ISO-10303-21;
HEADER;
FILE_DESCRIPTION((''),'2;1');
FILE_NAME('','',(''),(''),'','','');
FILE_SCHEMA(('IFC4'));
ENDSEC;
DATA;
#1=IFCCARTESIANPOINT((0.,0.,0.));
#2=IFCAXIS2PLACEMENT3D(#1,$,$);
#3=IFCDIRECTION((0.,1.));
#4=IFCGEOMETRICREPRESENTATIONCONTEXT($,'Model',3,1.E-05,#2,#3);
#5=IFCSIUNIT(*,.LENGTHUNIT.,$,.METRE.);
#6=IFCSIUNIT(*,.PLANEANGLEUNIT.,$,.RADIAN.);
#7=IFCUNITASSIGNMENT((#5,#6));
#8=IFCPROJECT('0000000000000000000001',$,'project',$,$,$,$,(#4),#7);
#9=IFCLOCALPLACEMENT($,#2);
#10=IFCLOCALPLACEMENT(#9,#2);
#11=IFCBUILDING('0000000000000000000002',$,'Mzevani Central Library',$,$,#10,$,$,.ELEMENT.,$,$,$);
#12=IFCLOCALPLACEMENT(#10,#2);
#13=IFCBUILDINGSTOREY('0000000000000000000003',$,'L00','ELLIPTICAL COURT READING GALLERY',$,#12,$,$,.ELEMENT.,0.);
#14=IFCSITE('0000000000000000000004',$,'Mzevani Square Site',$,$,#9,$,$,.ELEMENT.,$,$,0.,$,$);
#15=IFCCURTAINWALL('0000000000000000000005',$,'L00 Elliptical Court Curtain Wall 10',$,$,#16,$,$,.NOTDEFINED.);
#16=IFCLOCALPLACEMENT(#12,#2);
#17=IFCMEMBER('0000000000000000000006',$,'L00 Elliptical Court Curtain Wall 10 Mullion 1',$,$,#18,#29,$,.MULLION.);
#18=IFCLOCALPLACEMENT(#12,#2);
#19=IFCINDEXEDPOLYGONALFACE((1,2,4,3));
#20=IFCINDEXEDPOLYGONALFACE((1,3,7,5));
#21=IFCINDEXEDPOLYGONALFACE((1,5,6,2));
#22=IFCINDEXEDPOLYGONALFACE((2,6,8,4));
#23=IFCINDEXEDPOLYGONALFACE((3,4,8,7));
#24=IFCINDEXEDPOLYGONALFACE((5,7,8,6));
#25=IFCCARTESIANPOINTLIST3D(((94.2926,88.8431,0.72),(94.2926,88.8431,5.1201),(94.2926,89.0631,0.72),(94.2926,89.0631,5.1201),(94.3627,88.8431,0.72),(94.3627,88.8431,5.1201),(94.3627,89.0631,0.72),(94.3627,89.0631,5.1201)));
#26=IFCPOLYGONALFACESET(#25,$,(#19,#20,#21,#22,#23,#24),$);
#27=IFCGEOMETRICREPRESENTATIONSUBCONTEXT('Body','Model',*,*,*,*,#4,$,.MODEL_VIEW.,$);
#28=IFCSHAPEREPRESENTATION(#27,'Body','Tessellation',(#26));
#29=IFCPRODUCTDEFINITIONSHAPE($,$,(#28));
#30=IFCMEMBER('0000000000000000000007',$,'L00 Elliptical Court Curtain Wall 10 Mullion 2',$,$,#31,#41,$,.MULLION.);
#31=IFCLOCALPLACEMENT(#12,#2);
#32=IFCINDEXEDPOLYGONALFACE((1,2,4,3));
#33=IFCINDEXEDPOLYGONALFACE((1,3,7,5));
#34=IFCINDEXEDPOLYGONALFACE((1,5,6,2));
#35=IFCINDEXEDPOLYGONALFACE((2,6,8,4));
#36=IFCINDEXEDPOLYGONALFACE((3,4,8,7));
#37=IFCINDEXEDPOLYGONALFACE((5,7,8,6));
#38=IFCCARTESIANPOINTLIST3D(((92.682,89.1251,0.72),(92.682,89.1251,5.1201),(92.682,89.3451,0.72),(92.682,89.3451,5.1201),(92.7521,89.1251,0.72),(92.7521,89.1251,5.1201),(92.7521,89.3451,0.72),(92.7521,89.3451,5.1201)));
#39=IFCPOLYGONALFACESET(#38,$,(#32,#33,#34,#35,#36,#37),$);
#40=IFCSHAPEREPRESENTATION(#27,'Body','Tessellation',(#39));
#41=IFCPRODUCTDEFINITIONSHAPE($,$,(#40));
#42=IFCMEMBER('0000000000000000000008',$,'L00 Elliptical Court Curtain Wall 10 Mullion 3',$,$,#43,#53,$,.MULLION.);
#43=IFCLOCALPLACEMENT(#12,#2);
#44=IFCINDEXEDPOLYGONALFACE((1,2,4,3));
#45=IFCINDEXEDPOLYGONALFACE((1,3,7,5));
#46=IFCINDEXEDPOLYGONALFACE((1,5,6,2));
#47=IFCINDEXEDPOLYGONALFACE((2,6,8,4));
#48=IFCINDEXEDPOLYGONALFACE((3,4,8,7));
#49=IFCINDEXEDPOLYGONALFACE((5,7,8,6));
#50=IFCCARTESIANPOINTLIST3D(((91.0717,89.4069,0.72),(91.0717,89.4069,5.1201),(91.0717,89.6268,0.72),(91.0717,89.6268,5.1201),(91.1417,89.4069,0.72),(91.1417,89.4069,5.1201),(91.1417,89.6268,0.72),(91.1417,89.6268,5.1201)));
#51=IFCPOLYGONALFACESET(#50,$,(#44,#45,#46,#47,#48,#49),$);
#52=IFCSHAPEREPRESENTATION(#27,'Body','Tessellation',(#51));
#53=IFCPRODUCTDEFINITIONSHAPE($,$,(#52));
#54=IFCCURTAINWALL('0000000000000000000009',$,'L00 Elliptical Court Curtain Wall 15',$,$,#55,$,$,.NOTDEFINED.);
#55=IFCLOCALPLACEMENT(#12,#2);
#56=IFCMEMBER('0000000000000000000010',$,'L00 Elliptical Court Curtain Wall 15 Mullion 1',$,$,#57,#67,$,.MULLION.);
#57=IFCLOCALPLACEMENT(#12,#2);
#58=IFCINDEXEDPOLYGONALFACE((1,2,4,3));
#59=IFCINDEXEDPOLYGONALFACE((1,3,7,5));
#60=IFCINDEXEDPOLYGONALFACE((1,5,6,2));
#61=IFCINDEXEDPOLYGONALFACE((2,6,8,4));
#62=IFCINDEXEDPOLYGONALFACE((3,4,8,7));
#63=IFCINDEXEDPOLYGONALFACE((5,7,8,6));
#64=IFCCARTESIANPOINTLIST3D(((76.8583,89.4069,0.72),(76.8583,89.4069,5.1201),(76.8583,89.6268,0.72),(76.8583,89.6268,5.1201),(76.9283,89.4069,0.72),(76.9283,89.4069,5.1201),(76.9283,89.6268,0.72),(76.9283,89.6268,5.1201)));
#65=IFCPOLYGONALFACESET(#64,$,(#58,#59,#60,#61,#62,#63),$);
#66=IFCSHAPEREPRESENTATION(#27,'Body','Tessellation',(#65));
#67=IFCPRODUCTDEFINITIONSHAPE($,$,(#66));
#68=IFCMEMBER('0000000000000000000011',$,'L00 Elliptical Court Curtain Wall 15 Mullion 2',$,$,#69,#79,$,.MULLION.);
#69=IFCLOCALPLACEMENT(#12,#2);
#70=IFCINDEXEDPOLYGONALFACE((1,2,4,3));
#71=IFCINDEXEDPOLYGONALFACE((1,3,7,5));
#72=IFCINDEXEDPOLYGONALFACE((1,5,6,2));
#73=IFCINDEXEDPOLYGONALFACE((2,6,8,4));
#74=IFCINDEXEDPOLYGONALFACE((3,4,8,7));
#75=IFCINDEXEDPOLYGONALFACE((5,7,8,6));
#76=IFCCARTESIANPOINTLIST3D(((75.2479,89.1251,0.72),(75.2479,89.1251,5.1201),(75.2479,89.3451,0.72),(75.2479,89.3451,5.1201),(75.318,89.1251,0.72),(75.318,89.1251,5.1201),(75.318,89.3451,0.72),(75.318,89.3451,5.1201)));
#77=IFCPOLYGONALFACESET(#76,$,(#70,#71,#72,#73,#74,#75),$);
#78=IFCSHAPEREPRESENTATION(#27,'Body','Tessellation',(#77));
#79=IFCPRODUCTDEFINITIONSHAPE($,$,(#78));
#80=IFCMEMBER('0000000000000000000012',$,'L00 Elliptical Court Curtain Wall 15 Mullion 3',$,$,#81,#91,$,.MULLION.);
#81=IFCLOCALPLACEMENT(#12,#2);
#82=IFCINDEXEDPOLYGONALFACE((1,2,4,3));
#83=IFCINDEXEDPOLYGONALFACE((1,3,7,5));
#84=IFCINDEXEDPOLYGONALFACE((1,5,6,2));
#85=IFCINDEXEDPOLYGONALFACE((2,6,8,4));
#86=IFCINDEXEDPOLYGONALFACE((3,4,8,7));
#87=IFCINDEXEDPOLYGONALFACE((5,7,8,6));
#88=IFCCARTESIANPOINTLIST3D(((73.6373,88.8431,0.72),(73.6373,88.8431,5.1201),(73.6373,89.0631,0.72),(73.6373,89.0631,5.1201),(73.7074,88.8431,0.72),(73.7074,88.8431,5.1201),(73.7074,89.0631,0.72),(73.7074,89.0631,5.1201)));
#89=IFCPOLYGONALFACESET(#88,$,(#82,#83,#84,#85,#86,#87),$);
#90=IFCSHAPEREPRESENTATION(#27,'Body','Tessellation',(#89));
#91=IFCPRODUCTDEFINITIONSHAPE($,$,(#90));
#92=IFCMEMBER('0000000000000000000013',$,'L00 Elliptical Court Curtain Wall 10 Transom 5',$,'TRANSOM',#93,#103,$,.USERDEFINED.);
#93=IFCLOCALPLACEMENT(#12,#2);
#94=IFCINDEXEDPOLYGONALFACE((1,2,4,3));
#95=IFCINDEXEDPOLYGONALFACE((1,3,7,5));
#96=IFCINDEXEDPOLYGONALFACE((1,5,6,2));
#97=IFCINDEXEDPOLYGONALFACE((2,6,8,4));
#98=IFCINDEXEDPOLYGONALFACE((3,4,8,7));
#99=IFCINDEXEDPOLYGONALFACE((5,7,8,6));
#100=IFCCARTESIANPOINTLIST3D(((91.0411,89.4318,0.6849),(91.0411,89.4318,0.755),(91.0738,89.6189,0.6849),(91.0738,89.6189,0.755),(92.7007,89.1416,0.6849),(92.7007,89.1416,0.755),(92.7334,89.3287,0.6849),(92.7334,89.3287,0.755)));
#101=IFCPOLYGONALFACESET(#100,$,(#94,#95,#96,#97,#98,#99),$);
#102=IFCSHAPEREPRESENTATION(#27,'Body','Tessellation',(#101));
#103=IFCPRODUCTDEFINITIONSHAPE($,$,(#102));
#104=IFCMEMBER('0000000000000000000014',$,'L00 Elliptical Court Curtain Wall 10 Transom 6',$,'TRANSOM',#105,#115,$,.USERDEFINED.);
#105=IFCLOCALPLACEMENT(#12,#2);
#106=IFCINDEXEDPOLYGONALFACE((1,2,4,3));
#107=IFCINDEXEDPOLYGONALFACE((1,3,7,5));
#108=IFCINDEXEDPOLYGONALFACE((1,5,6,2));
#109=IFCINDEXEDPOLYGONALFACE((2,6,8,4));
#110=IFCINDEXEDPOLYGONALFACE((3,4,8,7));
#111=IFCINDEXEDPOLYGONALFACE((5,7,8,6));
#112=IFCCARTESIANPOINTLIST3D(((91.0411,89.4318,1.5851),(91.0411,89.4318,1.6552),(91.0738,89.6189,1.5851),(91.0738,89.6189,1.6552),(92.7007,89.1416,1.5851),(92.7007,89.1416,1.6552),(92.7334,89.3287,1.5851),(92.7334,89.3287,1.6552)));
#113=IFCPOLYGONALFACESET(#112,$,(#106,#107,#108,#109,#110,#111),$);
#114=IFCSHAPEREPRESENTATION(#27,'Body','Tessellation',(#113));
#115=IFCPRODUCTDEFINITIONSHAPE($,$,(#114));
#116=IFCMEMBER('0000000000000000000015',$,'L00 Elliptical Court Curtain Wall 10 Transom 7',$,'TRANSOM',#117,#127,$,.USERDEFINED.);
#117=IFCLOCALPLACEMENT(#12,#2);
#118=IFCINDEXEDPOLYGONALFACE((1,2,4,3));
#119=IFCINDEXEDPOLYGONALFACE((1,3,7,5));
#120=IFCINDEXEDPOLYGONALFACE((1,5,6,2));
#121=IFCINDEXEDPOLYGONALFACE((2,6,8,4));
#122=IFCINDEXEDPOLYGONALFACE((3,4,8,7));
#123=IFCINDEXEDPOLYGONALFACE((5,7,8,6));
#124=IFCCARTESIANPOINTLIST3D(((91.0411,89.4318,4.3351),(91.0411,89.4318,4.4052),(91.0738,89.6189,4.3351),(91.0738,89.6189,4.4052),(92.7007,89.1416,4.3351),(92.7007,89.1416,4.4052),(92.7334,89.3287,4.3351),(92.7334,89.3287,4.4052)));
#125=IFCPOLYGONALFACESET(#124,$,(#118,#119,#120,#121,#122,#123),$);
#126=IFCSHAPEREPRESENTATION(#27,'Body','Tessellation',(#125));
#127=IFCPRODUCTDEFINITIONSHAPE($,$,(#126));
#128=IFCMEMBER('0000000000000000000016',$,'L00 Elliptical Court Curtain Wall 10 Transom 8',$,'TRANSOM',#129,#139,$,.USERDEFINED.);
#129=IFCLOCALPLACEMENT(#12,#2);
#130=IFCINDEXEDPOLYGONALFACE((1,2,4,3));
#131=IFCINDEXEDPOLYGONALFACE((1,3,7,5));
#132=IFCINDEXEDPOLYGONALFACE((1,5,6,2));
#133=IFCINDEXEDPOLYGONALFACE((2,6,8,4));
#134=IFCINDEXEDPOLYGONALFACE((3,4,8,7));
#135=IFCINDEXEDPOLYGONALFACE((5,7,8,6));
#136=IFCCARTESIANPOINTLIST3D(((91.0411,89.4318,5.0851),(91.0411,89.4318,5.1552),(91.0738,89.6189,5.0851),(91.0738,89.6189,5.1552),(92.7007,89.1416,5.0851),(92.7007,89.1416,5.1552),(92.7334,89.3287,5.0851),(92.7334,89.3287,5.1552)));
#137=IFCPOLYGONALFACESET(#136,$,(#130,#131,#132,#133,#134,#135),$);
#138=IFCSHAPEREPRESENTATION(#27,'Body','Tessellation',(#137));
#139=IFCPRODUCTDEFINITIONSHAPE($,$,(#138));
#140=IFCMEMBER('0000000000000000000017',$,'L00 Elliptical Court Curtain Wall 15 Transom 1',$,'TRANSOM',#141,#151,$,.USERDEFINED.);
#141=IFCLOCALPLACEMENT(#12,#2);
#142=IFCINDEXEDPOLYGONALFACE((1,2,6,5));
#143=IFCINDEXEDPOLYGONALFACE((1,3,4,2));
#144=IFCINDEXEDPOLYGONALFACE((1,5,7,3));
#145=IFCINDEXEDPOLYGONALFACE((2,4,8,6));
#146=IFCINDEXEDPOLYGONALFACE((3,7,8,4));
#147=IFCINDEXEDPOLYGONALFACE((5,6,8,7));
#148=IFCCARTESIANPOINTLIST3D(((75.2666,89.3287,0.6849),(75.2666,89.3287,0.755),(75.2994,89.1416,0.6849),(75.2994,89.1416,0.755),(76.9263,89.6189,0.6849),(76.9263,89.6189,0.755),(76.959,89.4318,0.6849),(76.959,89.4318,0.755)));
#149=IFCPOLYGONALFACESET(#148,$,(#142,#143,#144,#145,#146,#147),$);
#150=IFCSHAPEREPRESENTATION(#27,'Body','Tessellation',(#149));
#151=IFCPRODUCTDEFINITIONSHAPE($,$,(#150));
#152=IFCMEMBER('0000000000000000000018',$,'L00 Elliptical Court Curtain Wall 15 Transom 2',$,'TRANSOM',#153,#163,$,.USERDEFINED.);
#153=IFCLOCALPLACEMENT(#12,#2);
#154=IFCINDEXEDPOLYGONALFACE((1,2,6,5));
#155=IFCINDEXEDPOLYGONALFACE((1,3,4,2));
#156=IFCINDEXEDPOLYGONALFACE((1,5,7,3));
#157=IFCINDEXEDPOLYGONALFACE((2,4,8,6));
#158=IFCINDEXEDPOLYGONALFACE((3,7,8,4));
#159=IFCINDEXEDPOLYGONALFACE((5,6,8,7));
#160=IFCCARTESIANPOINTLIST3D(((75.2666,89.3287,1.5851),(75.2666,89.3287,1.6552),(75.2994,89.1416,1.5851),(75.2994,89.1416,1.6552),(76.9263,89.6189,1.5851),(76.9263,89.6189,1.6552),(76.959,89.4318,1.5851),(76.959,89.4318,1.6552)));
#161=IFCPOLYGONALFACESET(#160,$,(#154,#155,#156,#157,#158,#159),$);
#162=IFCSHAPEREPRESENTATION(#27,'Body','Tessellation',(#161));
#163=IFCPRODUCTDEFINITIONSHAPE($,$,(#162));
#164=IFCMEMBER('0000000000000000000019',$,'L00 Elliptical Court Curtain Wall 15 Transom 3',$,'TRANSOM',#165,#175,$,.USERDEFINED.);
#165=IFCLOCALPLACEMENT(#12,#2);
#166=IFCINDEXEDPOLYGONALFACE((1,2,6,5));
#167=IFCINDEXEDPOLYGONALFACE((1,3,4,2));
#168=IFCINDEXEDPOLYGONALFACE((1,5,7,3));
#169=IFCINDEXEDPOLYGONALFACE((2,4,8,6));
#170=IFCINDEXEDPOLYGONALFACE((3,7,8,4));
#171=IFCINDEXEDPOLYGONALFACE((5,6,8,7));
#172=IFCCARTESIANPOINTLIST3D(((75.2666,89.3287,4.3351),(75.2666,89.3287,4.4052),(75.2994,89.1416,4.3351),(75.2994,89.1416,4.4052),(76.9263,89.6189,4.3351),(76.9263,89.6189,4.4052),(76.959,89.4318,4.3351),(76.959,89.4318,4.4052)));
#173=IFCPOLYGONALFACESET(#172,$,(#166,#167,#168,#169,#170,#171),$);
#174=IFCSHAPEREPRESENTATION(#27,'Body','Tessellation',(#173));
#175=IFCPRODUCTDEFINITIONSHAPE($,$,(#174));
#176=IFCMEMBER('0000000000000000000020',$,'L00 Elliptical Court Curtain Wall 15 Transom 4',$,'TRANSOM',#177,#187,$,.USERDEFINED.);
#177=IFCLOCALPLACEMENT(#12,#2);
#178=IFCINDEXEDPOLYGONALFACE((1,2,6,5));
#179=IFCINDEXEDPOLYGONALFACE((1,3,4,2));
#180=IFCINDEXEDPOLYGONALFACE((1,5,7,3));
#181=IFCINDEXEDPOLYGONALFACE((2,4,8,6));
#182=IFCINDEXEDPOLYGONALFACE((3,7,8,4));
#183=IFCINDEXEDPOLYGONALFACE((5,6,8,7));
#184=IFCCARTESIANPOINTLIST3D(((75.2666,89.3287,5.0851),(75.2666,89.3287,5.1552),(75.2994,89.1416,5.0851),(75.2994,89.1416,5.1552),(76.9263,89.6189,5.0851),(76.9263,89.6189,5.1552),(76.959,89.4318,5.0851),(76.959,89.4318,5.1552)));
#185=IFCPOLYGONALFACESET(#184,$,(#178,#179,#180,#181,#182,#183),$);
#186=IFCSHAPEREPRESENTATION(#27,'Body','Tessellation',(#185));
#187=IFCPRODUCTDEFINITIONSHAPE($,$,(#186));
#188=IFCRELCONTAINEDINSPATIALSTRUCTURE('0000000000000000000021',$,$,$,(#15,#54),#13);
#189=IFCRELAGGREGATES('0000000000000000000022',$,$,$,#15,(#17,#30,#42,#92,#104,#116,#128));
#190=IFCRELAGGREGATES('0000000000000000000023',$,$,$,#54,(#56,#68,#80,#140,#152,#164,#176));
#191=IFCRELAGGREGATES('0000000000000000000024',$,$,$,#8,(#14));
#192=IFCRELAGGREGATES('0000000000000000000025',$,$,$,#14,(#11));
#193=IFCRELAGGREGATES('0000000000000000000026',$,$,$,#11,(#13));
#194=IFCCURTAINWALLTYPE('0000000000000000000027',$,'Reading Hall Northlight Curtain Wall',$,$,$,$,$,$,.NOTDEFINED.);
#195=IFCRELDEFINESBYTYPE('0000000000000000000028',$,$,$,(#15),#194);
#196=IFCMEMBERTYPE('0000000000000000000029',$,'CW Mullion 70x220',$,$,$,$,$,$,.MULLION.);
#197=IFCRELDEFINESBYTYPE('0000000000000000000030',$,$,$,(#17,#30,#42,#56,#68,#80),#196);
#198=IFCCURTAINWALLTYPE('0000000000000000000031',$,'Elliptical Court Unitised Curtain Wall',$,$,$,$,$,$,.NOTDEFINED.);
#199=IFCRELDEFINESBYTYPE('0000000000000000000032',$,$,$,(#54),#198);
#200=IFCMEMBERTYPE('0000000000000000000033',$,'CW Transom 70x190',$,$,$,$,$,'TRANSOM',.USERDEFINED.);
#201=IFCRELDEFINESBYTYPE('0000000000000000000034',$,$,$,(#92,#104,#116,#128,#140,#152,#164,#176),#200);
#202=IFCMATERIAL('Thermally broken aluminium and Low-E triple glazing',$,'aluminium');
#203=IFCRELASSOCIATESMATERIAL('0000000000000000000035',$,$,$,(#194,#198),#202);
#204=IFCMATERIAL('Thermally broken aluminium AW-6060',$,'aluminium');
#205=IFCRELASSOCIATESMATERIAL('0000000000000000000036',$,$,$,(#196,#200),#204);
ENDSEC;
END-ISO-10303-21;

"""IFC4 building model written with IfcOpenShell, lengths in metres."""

from ifc_helpers import new_model, si_unit, direction, frame, origin, origin_2d, place, context, subcontext, project, spatial, rectangle, extrude, material, material_profile, profile_set, type_object, element, aggregate, save


model = new_model("IFC4")

# Units and contexts
model_context = context("Model", 3, precision=1e-05, world=origin(), true_north=direction((0.0, 1.0)))
body_context = subcontext(model_context, "Body", "Model", "MODEL_VIEW")
ifc_project = project(units=[si_unit("LENGTHUNIT", "METRE"), si_unit("PLANEANGLEUNIT", "RADIAN")], contexts=[model_context])

# Site, building, storey
site_placement = place(None, origin())
site = spatial("IfcSite", under=ifc_project, at=site_placement, Name="Mzevani Square Site", CompositionType="ELEMENT", RefElevation=0.0)
building_placement = place(site_placement, origin())
building = spatial("IfcBuilding", under=site, at=building_placement, Name="Mzevani Central Library", CompositionType="ELEMENT")
storey_placement = place(building_placement, origin())
storey = spatial("IfcBuildingStorey", under=building, at=storey_placement, Name="L00", Description="ELLIPTICAL COURT READING GALLERY", CompositionType="ELEMENT", Elevation=0.0)

# Curtain walls, members
ifc_material_1 = material(Name="Thermally broken aluminium and Low-E triple glazing", Category="aluminium")
curtain_wall_type_1 = type_object("IfcCurtainWallType", Name="Reading Hall Northlight Curtain Wall", PredefinedType="NOTDEFINED", material=ifc_material_1)
curtain_wall_1_placement = place(storey_placement, origin())
curtain_wall_1 = element("IfcCurtainWall", 1, at=curtain_wall_1_placement, inside=storey, type_object=curtain_wall_type_1, Name="L00 Elliptical Court Curtain Wall 10", PredefinedType="NOTDEFINED")
ifc_material_2 = material(Name="Thermally broken aluminium AW-6060", Category="aluminium")
ifc_material_profile_1 = material_profile(ifc_material_2, rectangle(XDim=0.0701, YDim=0.22, at=origin_2d()), Name="ALU M70x220")
ifc_profile_set_1 = profile_set([ifc_material_profile_1], Name="Thermally broken aluminium AW-6060")
member_type_1 = type_object("IfcMemberType", Name="CW Mullion 70x220", PredefinedType="MULLION", material=ifc_profile_set_1)
member_1_placement = place(storey_placement, frame((94.3276, 88.9531, 0.72), z_axis=(0.0, 0.0, 1.0), x_axis=(1.0, 0.0, 0.0)))
member_1 = element("IfcMember", 2, at=member_1_placement, type_object=member_type_1, Name="L00 Elliptical Court Curtain Wall 10 Mullion 1", PredefinedType="MULLION", context=body_context, shape_type="SweptSolid", body=[
    extrude(rectangle(XDim=0.0701, YDim=0.22, at=origin_2d()), origin(), (0.0, 0.0, 1.0), 4.4001),
])
member_2_placement = place(storey_placement, frame((92.717, 89.2351, 0.72), z_axis=(0.0, 0.0, 1.0), x_axis=(1.0, 0.0, 0.0)))
member_2 = element("IfcMember", 3, at=member_2_placement, type_object=member_type_1, Name="L00 Elliptical Court Curtain Wall 10 Mullion 2", PredefinedType="MULLION", context=body_context, shape_type="SweptSolid", body=[
    extrude(rectangle(XDim=0.0701, YDim=0.22, at=origin_2d()), origin(), (0.0, 0.0, 1.0), 4.4001),
])
member_3_placement = place(storey_placement, frame((91.1067, 89.5168, 0.72), z_axis=(0.0, 0.0, 1.0), x_axis=(1.0, 0.0, 0.0)))
member_3 = element("IfcMember", 4, at=member_3_placement, type_object=member_type_1, Name="L00 Elliptical Court Curtain Wall 10 Mullion 3", PredefinedType="MULLION", context=body_context, shape_type="SweptSolid", body=[
    extrude(rectangle(XDim=0.0701, YDim=0.22, at=origin_2d()), origin(), (0.0, 0.0, 1.0), 4.4001),
])
curtain_wall_type_2 = type_object("IfcCurtainWallType", Name="Elliptical Court Unitised Curtain Wall", PredefinedType="NOTDEFINED", material=ifc_material_1)
curtain_wall_2_placement = place(storey_placement, origin())
curtain_wall_2 = element("IfcCurtainWall", 5, at=curtain_wall_2_placement, inside=storey, type_object=curtain_wall_type_2, Name="L00 Elliptical Court Curtain Wall 15", PredefinedType="NOTDEFINED")
member_4_placement = place(storey_placement, frame((76.8933, 89.5168, 0.72), z_axis=(0.0, 0.0, 1.0), x_axis=(1.0, 0.0, 0.0)))
member_4 = element("IfcMember", 6, at=member_4_placement, type_object=member_type_1, Name="L00 Elliptical Court Curtain Wall 15 Mullion 1", PredefinedType="MULLION", context=body_context, shape_type="SweptSolid", body=[
    extrude(rectangle(XDim=0.0701, YDim=0.22, at=origin_2d()), origin(), (0.0, 0.0, 1.0), 4.4001),
])
member_5_placement = place(storey_placement, frame((75.283, 89.2351, 0.72), z_axis=(0.0, 0.0, 1.0), x_axis=(1.0, 0.0, 0.0)))
member_5 = element("IfcMember", 7, at=member_5_placement, type_object=member_type_1, Name="L00 Elliptical Court Curtain Wall 15 Mullion 2", PredefinedType="MULLION", context=body_context, shape_type="SweptSolid", body=[
    extrude(rectangle(XDim=0.0701, YDim=0.22, at=origin_2d()), origin(), (0.0, 0.0, 1.0), 4.4001),
])
member_6_placement = place(storey_placement, frame((73.6724, 88.9531, 0.72), z_axis=(0.0, 0.0, 1.0), x_axis=(1.0, 0.0, 0.0)))
member_6 = element("IfcMember", 8, at=member_6_placement, type_object=member_type_1, Name="L00 Elliptical Court Curtain Wall 15 Mullion 3", PredefinedType="MULLION", context=body_context, shape_type="SweptSolid", body=[
    extrude(rectangle(XDim=0.0701, YDim=0.22, at=origin_2d()), origin(), (0.0, 0.0, 1.0), 4.4001),
])

# Members
ifc_material_profile_2 = material_profile(ifc_material_2, rectangle(XDim=0.1899, YDim=0.0701, at=origin_2d()), Name="ALU T70x190")
ifc_profile_set_2 = profile_set([ifc_material_profile_2], Name="Thermally broken aluminium AW-6060")
member_type_2 = type_object("IfcMemberType", Name="CW Transom 70x190", ElementType="TRANSOM", PredefinedType="USERDEFINED", material=ifc_profile_set_2)
member_7_placement = place(storey_placement, frame((92.717, 89.2351, 0.72), z_axis=(-0.985046, 0.172289, 0.0), x_axis=(-0.172289, -0.985046, 0.0)))
member_7 = element("IfcMember", 9, at=member_7_placement, type_object=member_type_2, Name="L00 Elliptical Court Curtain Wall 10 Transom 5", ObjectType="TRANSOM", PredefinedType="USERDEFINED", context=body_context, shape_type="SweptSolid", body=[
    extrude(rectangle(XDim=0.1899, YDim=0.0701, at=origin_2d()), origin(), (0.0, 0.0, 1.0), 1.6848),
])
member_8_placement = place(storey_placement, frame((92.717, 89.2351, 1.6201), z_axis=(-0.985046, 0.172289, 0.0), x_axis=(-0.172289, -0.985046, 0.0)))
member_8 = element("IfcMember", 10, at=member_8_placement, type_object=member_type_2, Name="L00 Elliptical Court Curtain Wall 10 Transom 6", ObjectType="TRANSOM", PredefinedType="USERDEFINED", context=body_context, shape_type="SweptSolid", body=[
    extrude(rectangle(XDim=0.1899, YDim=0.0701, at=origin_2d()), origin(), (0.0, 0.0, 1.0), 1.6848),
])
member_9_placement = place(storey_placement, frame((92.717, 89.2351, 4.3701), z_axis=(-0.985046, 0.172289, 0.0), x_axis=(-0.172289, -0.985046, 0.0)))
member_9 = element("IfcMember", 11, at=member_9_placement, type_object=member_type_2, Name="L00 Elliptical Court Curtain Wall 10 Transom 7", ObjectType="TRANSOM", PredefinedType="USERDEFINED", context=body_context, shape_type="SweptSolid", body=[
    extrude(rectangle(XDim=0.1899, YDim=0.0701, at=origin_2d()), origin(), (0.0, 0.0, 1.0), 1.6848),
])
member_10_placement = place(storey_placement, frame((92.717, 89.2351, 5.1201), z_axis=(-0.985046, 0.172289, 0.0), x_axis=(-0.172289, -0.985046, 0.0)))
member_10 = element("IfcMember", 12, at=member_10_placement, type_object=member_type_2, Name="L00 Elliptical Court Curtain Wall 10 Transom 8", ObjectType="TRANSOM", PredefinedType="USERDEFINED", context=body_context, shape_type="SweptSolid", body=[
    extrude(rectangle(XDim=0.1899, YDim=0.0701, at=origin_2d()), origin(), (0.0, 0.0, 1.0), 1.6848),
])
member_11_placement = place(storey_placement, frame((76.9426, 89.5254, 0.72), z_axis=(-0.985046, -0.172289, 0.0), x_axis=(0.172289, -0.985046, 0.0)))
member_11 = element("IfcMember", 13, at=member_11_placement, type_object=member_type_2, Name="L00 Elliptical Court Curtain Wall 15 Transom 1", ObjectType="TRANSOM", PredefinedType="USERDEFINED", context=body_context, shape_type="SweptSolid", body=[
    extrude(rectangle(XDim=0.1899, YDim=0.0701, at=origin_2d()), origin(), (0.0, 0.0, 1.0), 1.6848),
])
member_12_placement = place(storey_placement, frame((76.9426, 89.5254, 1.6201), z_axis=(-0.985046, -0.172289, 0.0), x_axis=(0.172289, -0.985046, 0.0)))
member_12 = element("IfcMember", 14, at=member_12_placement, type_object=member_type_2, Name="L00 Elliptical Court Curtain Wall 15 Transom 2", ObjectType="TRANSOM", PredefinedType="USERDEFINED", context=body_context, shape_type="SweptSolid", body=[
    extrude(rectangle(XDim=0.1899, YDim=0.0701, at=origin_2d()), origin(), (0.0, 0.0, 1.0), 1.6848),
])
member_13_placement = place(storey_placement, frame((76.9426, 89.5254, 4.3701), z_axis=(-0.985046, -0.172289, 0.0), x_axis=(0.172289, -0.985046, 0.0)))
member_13 = element("IfcMember", 15, at=member_13_placement, type_object=member_type_2, Name="L00 Elliptical Court Curtain Wall 15 Transom 3", ObjectType="TRANSOM", PredefinedType="USERDEFINED", context=body_context, shape_type="SweptSolid", body=[
    extrude(rectangle(XDim=0.1899, YDim=0.0701, at=origin_2d()), origin(), (0.0, 0.0, 1.0), 1.6848),
])
member_14_placement = place(storey_placement, frame((76.9426, 89.5254, 5.1201), z_axis=(-0.985046, -0.172289, 0.0), x_axis=(0.172289, -0.985046, 0.0)))
member_14 = element("IfcMember", 16, at=member_14_placement, type_object=member_type_2, Name="L00 Elliptical Court Curtain Wall 15 Transom 4", ObjectType="TRANSOM", PredefinedType="USERDEFINED", context=body_context, shape_type="SweptSolid", body=[
    extrude(rectangle(XDim=0.1899, YDim=0.0701, at=origin_2d()), origin(), (0.0, 0.0, 1.0), 1.6848),
])

aggregate(curtain_wall_1, [member_1, member_2, member_3, member_7, member_8, member_9, member_10])
aggregate(curtain_wall_2, [member_4, member_5, member_6, member_11, member_12, member_13, member_14])

save(model, "model.ifc")
